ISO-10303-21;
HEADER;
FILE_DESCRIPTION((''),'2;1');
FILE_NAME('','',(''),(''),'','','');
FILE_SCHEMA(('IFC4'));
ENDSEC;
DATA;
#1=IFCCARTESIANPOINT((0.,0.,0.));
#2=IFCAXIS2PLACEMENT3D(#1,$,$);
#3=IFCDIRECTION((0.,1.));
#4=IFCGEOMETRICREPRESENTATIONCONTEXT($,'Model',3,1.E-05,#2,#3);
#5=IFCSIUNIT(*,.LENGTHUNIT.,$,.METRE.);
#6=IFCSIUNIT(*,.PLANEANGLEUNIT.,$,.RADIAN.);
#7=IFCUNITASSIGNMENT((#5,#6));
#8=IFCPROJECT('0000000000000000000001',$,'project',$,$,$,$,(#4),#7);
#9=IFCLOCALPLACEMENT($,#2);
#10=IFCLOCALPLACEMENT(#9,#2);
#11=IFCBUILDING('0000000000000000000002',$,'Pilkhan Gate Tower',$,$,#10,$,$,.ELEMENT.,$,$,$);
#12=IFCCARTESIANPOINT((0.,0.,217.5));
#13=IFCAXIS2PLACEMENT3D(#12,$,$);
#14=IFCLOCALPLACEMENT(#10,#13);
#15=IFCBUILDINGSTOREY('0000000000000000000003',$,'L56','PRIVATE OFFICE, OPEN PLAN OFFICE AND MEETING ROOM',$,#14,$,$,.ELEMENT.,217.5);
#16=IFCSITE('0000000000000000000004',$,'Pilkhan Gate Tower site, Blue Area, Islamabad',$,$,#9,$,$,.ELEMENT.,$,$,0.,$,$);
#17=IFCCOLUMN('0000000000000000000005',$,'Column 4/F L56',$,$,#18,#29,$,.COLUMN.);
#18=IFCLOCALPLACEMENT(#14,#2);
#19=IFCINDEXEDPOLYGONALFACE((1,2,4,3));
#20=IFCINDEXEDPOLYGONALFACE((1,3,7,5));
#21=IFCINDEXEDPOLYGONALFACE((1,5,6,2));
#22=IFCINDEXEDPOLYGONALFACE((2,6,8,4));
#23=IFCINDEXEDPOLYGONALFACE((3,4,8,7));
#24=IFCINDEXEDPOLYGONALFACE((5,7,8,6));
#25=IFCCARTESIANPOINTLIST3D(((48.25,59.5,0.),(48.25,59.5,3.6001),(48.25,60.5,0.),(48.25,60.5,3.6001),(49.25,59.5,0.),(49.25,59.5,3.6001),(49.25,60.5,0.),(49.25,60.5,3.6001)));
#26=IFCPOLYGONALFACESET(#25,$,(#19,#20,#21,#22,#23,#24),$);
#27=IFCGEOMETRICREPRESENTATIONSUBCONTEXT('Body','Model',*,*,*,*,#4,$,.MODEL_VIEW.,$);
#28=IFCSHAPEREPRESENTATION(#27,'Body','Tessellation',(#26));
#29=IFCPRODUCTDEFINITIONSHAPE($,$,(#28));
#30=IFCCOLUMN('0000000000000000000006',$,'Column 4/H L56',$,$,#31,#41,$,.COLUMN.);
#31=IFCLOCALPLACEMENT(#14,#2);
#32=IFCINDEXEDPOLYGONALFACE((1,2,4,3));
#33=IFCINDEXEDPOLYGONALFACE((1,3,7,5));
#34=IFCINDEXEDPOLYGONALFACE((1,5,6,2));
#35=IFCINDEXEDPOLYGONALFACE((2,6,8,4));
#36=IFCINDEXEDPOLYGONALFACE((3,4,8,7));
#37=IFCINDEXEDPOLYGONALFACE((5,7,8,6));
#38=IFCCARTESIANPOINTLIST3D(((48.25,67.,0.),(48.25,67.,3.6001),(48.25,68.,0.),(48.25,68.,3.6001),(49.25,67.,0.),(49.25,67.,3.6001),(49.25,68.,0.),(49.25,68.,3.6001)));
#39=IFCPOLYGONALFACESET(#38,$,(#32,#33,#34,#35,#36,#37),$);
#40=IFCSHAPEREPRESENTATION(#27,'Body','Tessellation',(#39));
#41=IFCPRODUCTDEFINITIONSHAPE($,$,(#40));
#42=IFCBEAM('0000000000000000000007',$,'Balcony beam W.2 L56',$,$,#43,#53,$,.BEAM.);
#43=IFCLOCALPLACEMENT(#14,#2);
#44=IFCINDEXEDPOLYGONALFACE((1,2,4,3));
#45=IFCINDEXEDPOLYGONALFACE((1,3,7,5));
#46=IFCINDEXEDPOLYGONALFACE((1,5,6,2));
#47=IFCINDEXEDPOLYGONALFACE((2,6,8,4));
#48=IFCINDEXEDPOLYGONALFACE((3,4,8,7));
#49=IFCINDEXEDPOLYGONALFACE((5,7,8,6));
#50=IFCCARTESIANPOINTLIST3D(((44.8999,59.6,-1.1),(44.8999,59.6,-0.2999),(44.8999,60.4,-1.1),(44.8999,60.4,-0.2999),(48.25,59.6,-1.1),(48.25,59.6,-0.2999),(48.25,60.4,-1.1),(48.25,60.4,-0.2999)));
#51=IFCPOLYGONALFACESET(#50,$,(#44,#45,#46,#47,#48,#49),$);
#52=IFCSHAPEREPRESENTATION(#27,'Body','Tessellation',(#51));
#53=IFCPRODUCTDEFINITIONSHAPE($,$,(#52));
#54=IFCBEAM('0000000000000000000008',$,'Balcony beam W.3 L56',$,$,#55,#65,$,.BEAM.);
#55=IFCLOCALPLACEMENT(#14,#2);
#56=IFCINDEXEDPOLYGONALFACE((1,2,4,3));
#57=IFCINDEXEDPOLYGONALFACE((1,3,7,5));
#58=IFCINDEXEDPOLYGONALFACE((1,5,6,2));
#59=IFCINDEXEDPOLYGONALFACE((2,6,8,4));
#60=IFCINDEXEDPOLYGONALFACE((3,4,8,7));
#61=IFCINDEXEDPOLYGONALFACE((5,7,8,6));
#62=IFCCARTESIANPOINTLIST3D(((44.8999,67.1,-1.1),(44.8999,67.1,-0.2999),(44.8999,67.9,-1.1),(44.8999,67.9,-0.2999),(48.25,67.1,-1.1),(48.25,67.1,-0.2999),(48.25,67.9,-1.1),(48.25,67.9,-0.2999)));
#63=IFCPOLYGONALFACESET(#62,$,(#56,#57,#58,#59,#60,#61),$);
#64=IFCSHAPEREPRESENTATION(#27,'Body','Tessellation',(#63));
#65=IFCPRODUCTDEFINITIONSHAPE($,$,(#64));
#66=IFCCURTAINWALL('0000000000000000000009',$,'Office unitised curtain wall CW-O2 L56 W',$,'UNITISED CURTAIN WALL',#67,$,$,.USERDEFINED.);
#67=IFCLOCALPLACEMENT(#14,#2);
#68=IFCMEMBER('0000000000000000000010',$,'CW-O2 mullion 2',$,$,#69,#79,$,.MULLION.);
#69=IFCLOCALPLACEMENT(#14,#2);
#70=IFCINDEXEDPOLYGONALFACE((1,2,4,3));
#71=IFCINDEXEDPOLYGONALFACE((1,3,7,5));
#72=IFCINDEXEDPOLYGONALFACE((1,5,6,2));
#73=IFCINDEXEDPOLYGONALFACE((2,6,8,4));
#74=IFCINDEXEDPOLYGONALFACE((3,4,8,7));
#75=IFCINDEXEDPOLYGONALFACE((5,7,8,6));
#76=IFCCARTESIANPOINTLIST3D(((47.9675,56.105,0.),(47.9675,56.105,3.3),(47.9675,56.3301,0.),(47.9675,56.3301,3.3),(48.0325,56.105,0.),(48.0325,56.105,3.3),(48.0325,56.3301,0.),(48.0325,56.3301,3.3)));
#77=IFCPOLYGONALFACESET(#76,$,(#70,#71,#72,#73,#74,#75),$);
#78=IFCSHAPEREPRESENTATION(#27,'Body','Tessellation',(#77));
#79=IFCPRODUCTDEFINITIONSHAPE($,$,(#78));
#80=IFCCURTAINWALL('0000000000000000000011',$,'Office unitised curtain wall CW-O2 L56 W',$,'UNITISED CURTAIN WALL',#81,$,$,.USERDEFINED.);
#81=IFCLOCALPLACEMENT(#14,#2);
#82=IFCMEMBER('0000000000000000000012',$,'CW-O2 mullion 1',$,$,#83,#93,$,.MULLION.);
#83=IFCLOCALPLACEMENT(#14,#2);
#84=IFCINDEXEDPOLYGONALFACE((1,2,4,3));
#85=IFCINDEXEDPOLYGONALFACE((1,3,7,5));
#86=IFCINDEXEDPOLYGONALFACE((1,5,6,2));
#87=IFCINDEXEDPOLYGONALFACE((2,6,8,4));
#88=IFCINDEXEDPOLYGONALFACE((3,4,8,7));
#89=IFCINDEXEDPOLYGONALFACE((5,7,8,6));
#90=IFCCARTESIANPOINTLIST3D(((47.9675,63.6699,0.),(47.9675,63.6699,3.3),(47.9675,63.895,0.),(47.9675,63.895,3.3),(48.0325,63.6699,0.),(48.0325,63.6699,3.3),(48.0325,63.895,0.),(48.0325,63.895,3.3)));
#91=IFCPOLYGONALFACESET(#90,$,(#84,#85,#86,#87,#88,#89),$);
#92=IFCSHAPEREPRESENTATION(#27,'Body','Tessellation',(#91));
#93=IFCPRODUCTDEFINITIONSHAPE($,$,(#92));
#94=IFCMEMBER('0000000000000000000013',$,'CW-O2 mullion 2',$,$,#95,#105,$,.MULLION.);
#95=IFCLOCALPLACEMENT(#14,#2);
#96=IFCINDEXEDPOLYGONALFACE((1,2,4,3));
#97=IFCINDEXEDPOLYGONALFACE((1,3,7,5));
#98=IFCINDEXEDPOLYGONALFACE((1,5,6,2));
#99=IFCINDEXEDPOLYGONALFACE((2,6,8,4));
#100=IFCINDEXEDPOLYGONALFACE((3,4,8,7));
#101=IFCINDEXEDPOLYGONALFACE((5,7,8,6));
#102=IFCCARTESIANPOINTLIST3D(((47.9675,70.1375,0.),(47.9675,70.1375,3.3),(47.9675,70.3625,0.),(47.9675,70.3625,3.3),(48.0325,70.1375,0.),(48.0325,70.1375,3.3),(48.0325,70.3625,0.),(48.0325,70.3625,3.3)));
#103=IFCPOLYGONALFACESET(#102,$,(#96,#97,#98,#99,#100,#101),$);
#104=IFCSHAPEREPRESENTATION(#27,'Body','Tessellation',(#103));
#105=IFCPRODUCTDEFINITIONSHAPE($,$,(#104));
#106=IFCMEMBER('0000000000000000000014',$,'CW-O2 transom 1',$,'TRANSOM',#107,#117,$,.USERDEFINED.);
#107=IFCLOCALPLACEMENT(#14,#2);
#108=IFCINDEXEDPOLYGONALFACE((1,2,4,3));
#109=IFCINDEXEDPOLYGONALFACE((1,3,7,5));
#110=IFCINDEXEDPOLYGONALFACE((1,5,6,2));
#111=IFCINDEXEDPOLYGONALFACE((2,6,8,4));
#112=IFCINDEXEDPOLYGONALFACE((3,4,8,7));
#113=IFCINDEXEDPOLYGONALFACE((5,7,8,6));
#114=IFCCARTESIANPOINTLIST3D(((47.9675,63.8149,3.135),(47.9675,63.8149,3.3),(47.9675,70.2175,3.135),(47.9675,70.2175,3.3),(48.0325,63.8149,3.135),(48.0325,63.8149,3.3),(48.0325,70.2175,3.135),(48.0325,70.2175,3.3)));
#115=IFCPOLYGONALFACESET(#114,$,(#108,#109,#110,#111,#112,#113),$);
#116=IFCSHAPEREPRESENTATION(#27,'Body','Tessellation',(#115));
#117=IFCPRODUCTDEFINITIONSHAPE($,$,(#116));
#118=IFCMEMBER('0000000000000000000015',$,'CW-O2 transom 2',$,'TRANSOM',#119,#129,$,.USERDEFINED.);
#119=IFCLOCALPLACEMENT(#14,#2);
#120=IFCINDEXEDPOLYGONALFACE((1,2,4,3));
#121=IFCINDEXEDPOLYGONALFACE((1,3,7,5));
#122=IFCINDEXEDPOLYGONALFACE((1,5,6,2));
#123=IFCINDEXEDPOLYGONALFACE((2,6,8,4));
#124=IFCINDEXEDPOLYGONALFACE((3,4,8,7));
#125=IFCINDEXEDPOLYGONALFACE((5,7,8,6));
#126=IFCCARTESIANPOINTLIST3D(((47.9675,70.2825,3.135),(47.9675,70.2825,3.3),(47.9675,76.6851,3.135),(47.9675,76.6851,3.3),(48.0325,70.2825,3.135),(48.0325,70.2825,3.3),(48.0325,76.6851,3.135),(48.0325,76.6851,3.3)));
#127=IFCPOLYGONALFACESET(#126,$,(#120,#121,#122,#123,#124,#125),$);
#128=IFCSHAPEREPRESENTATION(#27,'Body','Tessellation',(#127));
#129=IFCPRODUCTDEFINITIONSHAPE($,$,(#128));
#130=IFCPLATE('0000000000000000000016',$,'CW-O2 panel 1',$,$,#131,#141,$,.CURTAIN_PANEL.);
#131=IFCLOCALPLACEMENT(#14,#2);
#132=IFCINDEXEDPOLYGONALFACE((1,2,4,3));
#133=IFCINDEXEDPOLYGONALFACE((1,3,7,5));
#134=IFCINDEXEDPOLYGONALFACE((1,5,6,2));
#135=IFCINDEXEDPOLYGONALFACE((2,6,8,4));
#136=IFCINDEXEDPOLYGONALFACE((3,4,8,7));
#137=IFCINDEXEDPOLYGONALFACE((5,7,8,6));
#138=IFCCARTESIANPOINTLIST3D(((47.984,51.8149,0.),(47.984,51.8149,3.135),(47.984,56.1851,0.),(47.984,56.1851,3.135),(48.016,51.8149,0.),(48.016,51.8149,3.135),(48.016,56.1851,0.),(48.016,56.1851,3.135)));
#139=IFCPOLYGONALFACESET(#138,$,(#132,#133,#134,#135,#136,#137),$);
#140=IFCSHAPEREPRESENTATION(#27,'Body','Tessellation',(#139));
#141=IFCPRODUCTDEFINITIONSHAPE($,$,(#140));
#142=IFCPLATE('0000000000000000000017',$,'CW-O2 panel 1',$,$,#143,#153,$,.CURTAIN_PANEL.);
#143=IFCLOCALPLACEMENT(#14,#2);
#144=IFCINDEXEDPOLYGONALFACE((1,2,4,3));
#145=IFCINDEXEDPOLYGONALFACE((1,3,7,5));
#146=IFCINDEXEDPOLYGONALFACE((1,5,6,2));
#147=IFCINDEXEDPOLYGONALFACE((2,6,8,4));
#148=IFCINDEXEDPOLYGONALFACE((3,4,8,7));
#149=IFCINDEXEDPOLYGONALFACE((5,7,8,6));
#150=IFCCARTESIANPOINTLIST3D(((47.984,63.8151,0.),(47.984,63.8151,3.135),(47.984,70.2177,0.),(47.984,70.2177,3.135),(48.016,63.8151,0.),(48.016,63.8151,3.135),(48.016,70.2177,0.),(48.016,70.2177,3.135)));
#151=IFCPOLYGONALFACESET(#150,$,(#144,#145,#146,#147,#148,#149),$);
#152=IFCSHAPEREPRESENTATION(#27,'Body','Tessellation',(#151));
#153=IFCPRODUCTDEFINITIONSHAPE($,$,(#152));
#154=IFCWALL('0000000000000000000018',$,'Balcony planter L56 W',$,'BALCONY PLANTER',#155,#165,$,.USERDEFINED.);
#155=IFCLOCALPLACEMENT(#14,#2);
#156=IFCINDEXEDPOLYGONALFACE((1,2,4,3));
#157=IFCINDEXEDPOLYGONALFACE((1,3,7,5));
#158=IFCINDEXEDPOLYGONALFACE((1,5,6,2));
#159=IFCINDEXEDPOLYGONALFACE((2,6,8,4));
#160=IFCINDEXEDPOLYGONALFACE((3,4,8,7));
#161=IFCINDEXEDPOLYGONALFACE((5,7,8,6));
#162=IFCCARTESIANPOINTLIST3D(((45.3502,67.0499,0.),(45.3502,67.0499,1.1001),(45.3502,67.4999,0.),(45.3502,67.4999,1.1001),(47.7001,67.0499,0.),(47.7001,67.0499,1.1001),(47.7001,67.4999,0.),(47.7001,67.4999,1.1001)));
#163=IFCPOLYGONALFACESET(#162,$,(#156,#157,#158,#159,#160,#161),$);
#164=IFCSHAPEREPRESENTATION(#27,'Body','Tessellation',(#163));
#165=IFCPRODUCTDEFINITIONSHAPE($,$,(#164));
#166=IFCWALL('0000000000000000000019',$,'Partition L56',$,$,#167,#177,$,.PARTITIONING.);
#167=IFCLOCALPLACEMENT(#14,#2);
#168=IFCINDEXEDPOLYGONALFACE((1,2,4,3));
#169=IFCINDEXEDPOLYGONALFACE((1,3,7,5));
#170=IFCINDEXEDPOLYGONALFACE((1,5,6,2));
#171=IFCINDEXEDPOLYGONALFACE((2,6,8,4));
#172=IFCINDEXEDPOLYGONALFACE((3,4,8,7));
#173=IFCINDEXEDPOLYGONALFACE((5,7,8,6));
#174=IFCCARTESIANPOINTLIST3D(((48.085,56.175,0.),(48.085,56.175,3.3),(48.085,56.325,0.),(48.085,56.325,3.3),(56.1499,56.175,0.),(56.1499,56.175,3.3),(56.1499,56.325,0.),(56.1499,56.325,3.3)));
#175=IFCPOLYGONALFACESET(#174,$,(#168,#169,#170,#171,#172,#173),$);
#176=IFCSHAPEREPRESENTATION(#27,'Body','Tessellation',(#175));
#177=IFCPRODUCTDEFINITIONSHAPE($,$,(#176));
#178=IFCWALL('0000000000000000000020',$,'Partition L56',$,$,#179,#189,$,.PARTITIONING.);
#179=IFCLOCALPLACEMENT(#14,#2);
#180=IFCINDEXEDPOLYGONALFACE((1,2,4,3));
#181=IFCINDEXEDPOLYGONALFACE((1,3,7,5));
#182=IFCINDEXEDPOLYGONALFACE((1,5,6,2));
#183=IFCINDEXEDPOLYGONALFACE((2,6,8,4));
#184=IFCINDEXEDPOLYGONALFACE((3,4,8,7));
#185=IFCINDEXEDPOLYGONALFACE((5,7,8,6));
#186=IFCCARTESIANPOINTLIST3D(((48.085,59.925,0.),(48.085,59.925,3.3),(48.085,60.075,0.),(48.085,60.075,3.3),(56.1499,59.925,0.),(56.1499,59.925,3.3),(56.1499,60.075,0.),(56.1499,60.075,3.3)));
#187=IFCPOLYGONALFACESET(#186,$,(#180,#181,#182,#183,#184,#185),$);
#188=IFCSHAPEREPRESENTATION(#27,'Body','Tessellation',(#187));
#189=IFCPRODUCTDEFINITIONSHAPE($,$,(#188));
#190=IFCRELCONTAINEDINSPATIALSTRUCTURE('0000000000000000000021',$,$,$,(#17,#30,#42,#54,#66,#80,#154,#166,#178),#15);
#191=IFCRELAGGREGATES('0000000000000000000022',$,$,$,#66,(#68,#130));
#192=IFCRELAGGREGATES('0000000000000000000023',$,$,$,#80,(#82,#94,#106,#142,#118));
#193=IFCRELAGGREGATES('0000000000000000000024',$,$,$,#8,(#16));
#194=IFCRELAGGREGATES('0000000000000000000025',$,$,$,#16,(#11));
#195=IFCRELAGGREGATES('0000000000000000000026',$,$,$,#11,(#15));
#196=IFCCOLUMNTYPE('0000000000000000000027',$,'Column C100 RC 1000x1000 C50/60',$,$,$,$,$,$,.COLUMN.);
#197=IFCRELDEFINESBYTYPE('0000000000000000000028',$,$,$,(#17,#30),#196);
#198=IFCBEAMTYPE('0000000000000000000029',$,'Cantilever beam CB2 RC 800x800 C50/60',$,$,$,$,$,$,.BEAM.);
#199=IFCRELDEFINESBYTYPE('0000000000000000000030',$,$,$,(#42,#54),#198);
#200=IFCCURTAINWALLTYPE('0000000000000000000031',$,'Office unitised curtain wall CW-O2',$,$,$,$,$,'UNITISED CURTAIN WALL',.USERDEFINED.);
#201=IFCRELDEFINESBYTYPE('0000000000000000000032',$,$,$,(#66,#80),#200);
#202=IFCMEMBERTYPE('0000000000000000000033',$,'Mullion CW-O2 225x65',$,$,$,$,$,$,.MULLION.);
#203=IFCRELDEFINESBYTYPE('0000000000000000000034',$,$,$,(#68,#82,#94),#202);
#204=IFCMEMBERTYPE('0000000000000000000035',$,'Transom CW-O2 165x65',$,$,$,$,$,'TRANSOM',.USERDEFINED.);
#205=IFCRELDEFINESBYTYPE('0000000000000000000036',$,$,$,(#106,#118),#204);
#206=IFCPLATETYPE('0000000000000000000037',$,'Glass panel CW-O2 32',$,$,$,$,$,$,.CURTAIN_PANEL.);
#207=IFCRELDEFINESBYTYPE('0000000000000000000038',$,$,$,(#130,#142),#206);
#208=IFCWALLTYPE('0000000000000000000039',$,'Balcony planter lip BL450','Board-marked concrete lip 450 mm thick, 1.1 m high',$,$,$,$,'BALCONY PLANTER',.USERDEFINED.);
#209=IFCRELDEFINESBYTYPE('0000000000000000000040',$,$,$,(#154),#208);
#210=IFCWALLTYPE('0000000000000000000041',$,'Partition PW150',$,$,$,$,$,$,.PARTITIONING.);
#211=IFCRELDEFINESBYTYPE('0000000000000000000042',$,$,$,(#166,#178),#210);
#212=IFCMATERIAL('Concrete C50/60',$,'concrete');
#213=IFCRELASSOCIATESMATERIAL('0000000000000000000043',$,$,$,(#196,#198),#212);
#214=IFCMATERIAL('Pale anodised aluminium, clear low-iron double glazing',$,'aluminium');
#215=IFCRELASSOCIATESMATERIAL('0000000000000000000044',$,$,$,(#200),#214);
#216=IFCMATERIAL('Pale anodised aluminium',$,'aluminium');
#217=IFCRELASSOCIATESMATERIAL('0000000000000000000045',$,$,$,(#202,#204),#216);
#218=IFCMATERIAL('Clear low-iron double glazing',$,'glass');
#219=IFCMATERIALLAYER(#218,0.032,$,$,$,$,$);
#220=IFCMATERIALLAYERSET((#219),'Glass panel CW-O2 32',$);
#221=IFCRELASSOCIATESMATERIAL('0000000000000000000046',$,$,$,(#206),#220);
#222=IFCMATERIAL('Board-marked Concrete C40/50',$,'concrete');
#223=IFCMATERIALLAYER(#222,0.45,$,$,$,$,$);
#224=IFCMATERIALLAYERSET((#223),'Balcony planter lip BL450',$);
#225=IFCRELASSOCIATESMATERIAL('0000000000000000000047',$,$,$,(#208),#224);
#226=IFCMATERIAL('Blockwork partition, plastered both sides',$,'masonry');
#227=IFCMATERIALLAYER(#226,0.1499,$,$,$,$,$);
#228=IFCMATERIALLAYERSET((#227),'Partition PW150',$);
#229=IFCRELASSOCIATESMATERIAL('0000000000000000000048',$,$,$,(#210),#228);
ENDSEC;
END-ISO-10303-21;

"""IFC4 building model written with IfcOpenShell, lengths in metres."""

from ifc_helpers import new_model, si_unit, direction, frame, frame_2d, origin, origin_2d, place, context, subcontext, project, spatial, rectangle, extrude, material, layer, layer_set, material_profile, profile_set, type_object, element, aggregate, save


model = new_model("IFC4")

# Units and contexts
model_context = context("Model", 3, precision=1e-05, world=origin(), true_north=direction((0.0, 1.0)))
body_context = subcontext(model_context, "Body", "Model", "MODEL_VIEW")
ifc_project = project(units=[si_unit("LENGTHUNIT", "METRE"), si_unit("PLANEANGLEUNIT", "RADIAN")], contexts=[model_context])

# Site, building, storey
site_placement = place(None, origin())
site = spatial("IfcSite", under=ifc_project, at=site_placement, Name="Pilkhan Gate Tower site, Blue Area, Islamabad", CompositionType="ELEMENT", RefElevation=0.0)
building_placement = place(site_placement, origin())
building = spatial("IfcBuilding", under=site, at=building_placement, Name="Pilkhan Gate Tower", CompositionType="ELEMENT")
storey_placement = place(building_placement, frame((0.0, 0.0, 217.5)))
storey = spatial("IfcBuildingStorey", under=building, at=storey_placement, Name="L56", Description="PRIVATE OFFICE, OPEN PLAN OFFICE AND MEETING ROOM", CompositionType="ELEMENT", Elevation=217.5)

# Columns
ifc_material_1 = material(Name="Concrete C50/60", Category="concrete")
ifc_material_profile_1 = material_profile(ifc_material_1, rectangle(XDim=1.0, YDim=1.0, at=origin_2d()), Name="RC 1000x1000")
ifc_profile_set_1 = profile_set([ifc_material_profile_1], Name="Concrete C50/60")
column_type = type_object("IfcColumnType", Name="Column C100 RC 1000x1000 C50/60", PredefinedType="COLUMN", material=ifc_profile_set_1)
for number, where, z_axis, x_axis, name in (
    (1, (48.75, 60.0, 0.0), (0.0, 0.0, 1.0), (1.0, 0.0, 0.0), "Column 4/F L56"),
    (2, (48.75, 67.5, 0.0), (0.0, 0.0, 1.0), (1.0, 0.0, 0.0), "Column 4/H L56"),
):
    element("IfcColumn", number, at=place(storey_placement, frame(where, z_axis=z_axis, x_axis=x_axis)), inside=storey, type_object=column_type, Name=name, PredefinedType="COLUMN", context=body_context, shape_type="SweptSolid", body=[
        extrude(rectangle(XDim=1.0, YDim=1.0, at=origin_2d()), origin(), (0.0, 0.0, 1.0), 3.6001),
    ])

# Beams
ifc_material_profile_2 = material_profile(ifc_material_1, rectangle(XDim=0.8, YDim=0.8, at=origin_2d()), Name="RC 800x800")
ifc_profile_set_2 = profile_set([ifc_material_profile_2], Name="Concrete C50/60")
beam_type = type_object("IfcBeamType", Name="Cantilever beam CB2 RC 800x800 C50/60", PredefinedType="BEAM", material=ifc_profile_set_2)
for number, where, z_axis, x_axis, name in (
    (3, (48.25, 60.0, -0.7), (-1.0, 0.0, 0.0), (0.0, -1.0, 0.0), "Balcony beam W.2 L56"),
    (4, (48.25, 67.5, -0.7), (-1.0, 0.0, 0.0), (0.0, -1.0, 0.0), "Balcony beam W.3 L56"),
):
    element("IfcBeam", number, at=place(storey_placement, frame(where, z_axis=z_axis, x_axis=x_axis)), inside=storey, type_object=beam_type, Name=name, PredefinedType="BEAM", context=body_context, shape_type="SweptSolid", body=[
        extrude(rectangle(XDim=0.8, YDim=0.8, at=origin_2d()), origin(), (0.0, 0.0, 1.0), 3.3501),
    ])

# Curtain wall, member
ifc_material_2 = material(Name="Pale anodised aluminium, clear low-iron double glazing", Category="aluminium")
curtain_wall_type = type_object("IfcCurtainWallType", Name="Office unitised curtain wall CW-O2", ElementType="UNITISED CURTAIN WALL", PredefinedType="USERDEFINED", material=ifc_material_2)
curtain_wall_1_placement = place(storey_placement, origin())
curtain_wall_1 = element("IfcCurtainWall", 5, at=curtain_wall_1_placement, inside=storey, type_object=curtain_wall_type, Name="Office unitised curtain wall CW-O2 L56 W", ObjectType="UNITISED CURTAIN WALL", PredefinedType="USERDEFINED")
ifc_material_3 = material(Name="Pale anodised aluminium", Category="aluminium")
ifc_material_profile_3 = material_profile(ifc_material_3, rectangle(XDim=0.0649, YDim=0.2251, at=origin_2d()), Name="Mullion 225x65")
ifc_profile_set_3 = profile_set([ifc_material_profile_3], Name="Pale anodised aluminium")
member_type_1 = type_object("IfcMemberType", Name="Mullion CW-O2 225x65", PredefinedType="MULLION", material=ifc_profile_set_3)
member_1_placement = place(storey_placement, frame((48.0, 56.2175, 0.0), z_axis=(0.0, 0.0, 1.0), x_axis=(-1.0, 0.0, 0.0)))
member_1 = element("IfcMember", 6, at=member_1_placement, type_object=member_type_1, Name="CW-O2 mullion 2", PredefinedType="MULLION", context=body_context, shape_type="SweptSolid", body=[
    extrude(rectangle(XDim=0.0649, YDim=0.2251, at=origin_2d()), origin(), (0.0, 0.0, 1.0), 3.3),
])

# Curtain wall, members
curtain_wall_2_placement = place(storey_placement, origin())
curtain_wall_2 = element("IfcCurtainWall", 7, at=curtain_wall_2_placement, inside=storey, type_object=curtain_wall_type, Name="Office unitised curtain wall CW-O2 L56 W", ObjectType="UNITISED CURTAIN WALL", PredefinedType="USERDEFINED")
member_2_placement = place(storey_placement, frame((48.0, 63.7825, 0.0), z_axis=(0.0, 0.0, 1.0), x_axis=(-1.0, 0.0, 0.0)))
member_2 = element("IfcMember", 8, at=member_2_placement, type_object=member_type_1, Name="CW-O2 mullion 1", PredefinedType="MULLION", context=body_context, shape_type="SweptSolid", body=[
    extrude(rectangle(XDim=0.0649, YDim=0.2251, at=origin_2d()), origin(), (0.0, 0.0, 1.0), 3.3),
])
member_3_placement = place(storey_placement, frame((48.0, 70.25, 0.0), z_axis=(0.0, 0.0, 1.0), x_axis=(-1.0, 0.0, 0.0)))
member_3 = element("IfcMember", 9, at=member_3_placement, type_object=member_type_1, Name="CW-O2 mullion 2", PredefinedType="MULLION", context=body_context, shape_type="SweptSolid", body=[
    extrude(rectangle(XDim=0.0649, YDim=0.2251, at=origin_2d()), origin(), (0.0, 0.0, 1.0), 3.3),
])
ifc_material_profile_4 = material_profile(ifc_material_3, rectangle(XDim=0.0649, YDim=0.165, at=origin_2d()), Name="Transom 165x65")
ifc_profile_set_4 = profile_set([ifc_material_profile_4], Name="Pale anodised aluminium")
member_type_2 = type_object("IfcMemberType", Name="Transom CW-O2 165x65", ElementType="TRANSOM", PredefinedType="USERDEFINED", material=ifc_profile_set_4)
member_4_placement = place(storey_placement, frame((48.0, 63.8149, 3.2175), z_axis=(0.0, 1.0, 0.0), x_axis=(-1.0, 0.0, 0.0)))
member_4 = element("IfcMember", 10, at=member_4_placement, type_object=member_type_2, Name="CW-O2 transom 1", ObjectType="TRANSOM", PredefinedType="USERDEFINED", context=body_context, shape_type="SweptSolid", body=[
    extrude(rectangle(XDim=0.0649, YDim=0.165, at=origin_2d()), origin(), (0.0, 0.0, 1.0), 6.4026),
])
member_5_placement = place(storey_placement, frame((48.0, 70.2825, 3.2175), z_axis=(0.0, 1.0, 0.0), x_axis=(-1.0, 0.0, 0.0)))
member_5 = element("IfcMember", 11, at=member_5_placement, type_object=member_type_2, Name="CW-O2 transom 2", ObjectType="TRANSOM", PredefinedType="USERDEFINED", context=body_context, shape_type="SweptSolid", body=[
    extrude(rectangle(XDim=0.0649, YDim=0.165, at=origin_2d()), origin(), (0.0, 0.0, 1.0), 6.4026),
])

# Plates
ifc_material_4 = material(Name="Clear low-iron double glazing", Category="glass")
ifc_layer_1 = layer(ifc_material_4, 0.032)
ifc_layer_set_1 = layer_set([ifc_layer_1], Name="Glass panel CW-O2 32")
plate_type = type_object("IfcPlateType", Name="Glass panel CW-O2 32", PredefinedType="CURTAIN_PANEL", material=ifc_layer_set_1)
plate_1_placement = place(storey_placement, frame((48.0, 54.0, 0.0), z_axis=(0.0, 0.0, 1.0), x_axis=(0.0, 1.0, 0.0)))
plate_1 = element("IfcPlate", 12, at=plate_1_placement, type_object=plate_type, Name="CW-O2 panel 1", PredefinedType="CURTAIN_PANEL", context=body_context, shape_type="SweptSolid", body=[
    extrude(rectangle(XDim=4.3701, YDim=0.032, at=origin_2d()), origin(), (0.0, 0.0, 1.0), 3.135),
])
aggregate(curtain_wall_1, [member_1, plate_1])
plate_2_placement = place(storey_placement, frame((48.0, 67.0164, 0.0), z_axis=(0.0, 0.0, 1.0), x_axis=(0.0, 1.0, 0.0)))
plate_2 = element("IfcPlate", 13, at=plate_2_placement, type_object=plate_type, Name="CW-O2 panel 1", PredefinedType="CURTAIN_PANEL", context=body_context, shape_type="SweptSolid", body=[
    extrude(rectangle(XDim=6.4026, YDim=0.032, at=origin_2d()), origin(), (0.0, 0.0, 1.0), 3.135),
])
aggregate(curtain_wall_2, [member_2, member_3, member_4, plate_2, member_5])

# Wall
ifc_material_5 = material(Name="Board-marked Concrete C40/50", Category="concrete")
ifc_layer_2 = layer(ifc_material_5, 0.45)
ifc_layer_set_2 = layer_set([ifc_layer_2], Name="Balcony planter lip BL450")
wall_type_1 = type_object("IfcWallType", Name="Balcony planter lip BL450", Description="Board-marked concrete lip 450 mm thick, 1.1 m high", ElementType="BALCONY PLANTER", PredefinedType="USERDEFINED", material=ifc_layer_set_2)
wall_1_placement = place(storey_placement, frame((47.7, 67.2749, 0.0), z_axis=(0.0, 0.0, 1.0), x_axis=(-1.0, 0.0, 0.0)))
element("IfcWall", 14, at=wall_1_placement, inside=storey, type_object=wall_type_1, Name="Balcony planter L56 W", ObjectType="BALCONY PLANTER", PredefinedType="USERDEFINED", context=body_context, shape_type="SweptSolid", body=[
    extrude(rectangle(XDim=2.3499, YDim=0.45, at=frame_2d((1.1748, 0.0))), origin(), (0.0, 0.0, 1.0), 1.1001),
])

# Walls
ifc_material_6 = material(Name="Blockwork partition, plastered both sides", Category="masonry")
ifc_layer_3 = layer(ifc_material_6, 0.1499)
ifc_layer_set_3 = layer_set([ifc_layer_3], Name="Partition PW150")
wall_type_2 = type_object("IfcWallType", Name="Partition PW150", PredefinedType="PARTITIONING", material=ifc_layer_set_3)
for number, where, z_axis, x_axis, name in (
    (15, (48.085, 56.25, 0.0), (0.0, 0.0, 1.0), (1.0, 0.0, 0.0), "Partition L56"),
    (16, (48.085, 60.0, 0.0), (0.0, 0.0, 1.0), (1.0, 0.0, 0.0), "Partition L56"),
):
    element("IfcWall", number, at=place(storey_placement, frame(where, z_axis=z_axis, x_axis=x_axis)), inside=storey, type_object=wall_type_2, Name=name, PredefinedType="PARTITIONING", context=body_context, shape_type="SweptSolid", body=[
        extrude(rectangle(XDim=8.0649, YDim=0.1499, at=frame_2d((4.0325, 0.0))), origin(), (0.0, 0.0, 1.0), 3.3),
    ])

save(model, "model.ifc")
